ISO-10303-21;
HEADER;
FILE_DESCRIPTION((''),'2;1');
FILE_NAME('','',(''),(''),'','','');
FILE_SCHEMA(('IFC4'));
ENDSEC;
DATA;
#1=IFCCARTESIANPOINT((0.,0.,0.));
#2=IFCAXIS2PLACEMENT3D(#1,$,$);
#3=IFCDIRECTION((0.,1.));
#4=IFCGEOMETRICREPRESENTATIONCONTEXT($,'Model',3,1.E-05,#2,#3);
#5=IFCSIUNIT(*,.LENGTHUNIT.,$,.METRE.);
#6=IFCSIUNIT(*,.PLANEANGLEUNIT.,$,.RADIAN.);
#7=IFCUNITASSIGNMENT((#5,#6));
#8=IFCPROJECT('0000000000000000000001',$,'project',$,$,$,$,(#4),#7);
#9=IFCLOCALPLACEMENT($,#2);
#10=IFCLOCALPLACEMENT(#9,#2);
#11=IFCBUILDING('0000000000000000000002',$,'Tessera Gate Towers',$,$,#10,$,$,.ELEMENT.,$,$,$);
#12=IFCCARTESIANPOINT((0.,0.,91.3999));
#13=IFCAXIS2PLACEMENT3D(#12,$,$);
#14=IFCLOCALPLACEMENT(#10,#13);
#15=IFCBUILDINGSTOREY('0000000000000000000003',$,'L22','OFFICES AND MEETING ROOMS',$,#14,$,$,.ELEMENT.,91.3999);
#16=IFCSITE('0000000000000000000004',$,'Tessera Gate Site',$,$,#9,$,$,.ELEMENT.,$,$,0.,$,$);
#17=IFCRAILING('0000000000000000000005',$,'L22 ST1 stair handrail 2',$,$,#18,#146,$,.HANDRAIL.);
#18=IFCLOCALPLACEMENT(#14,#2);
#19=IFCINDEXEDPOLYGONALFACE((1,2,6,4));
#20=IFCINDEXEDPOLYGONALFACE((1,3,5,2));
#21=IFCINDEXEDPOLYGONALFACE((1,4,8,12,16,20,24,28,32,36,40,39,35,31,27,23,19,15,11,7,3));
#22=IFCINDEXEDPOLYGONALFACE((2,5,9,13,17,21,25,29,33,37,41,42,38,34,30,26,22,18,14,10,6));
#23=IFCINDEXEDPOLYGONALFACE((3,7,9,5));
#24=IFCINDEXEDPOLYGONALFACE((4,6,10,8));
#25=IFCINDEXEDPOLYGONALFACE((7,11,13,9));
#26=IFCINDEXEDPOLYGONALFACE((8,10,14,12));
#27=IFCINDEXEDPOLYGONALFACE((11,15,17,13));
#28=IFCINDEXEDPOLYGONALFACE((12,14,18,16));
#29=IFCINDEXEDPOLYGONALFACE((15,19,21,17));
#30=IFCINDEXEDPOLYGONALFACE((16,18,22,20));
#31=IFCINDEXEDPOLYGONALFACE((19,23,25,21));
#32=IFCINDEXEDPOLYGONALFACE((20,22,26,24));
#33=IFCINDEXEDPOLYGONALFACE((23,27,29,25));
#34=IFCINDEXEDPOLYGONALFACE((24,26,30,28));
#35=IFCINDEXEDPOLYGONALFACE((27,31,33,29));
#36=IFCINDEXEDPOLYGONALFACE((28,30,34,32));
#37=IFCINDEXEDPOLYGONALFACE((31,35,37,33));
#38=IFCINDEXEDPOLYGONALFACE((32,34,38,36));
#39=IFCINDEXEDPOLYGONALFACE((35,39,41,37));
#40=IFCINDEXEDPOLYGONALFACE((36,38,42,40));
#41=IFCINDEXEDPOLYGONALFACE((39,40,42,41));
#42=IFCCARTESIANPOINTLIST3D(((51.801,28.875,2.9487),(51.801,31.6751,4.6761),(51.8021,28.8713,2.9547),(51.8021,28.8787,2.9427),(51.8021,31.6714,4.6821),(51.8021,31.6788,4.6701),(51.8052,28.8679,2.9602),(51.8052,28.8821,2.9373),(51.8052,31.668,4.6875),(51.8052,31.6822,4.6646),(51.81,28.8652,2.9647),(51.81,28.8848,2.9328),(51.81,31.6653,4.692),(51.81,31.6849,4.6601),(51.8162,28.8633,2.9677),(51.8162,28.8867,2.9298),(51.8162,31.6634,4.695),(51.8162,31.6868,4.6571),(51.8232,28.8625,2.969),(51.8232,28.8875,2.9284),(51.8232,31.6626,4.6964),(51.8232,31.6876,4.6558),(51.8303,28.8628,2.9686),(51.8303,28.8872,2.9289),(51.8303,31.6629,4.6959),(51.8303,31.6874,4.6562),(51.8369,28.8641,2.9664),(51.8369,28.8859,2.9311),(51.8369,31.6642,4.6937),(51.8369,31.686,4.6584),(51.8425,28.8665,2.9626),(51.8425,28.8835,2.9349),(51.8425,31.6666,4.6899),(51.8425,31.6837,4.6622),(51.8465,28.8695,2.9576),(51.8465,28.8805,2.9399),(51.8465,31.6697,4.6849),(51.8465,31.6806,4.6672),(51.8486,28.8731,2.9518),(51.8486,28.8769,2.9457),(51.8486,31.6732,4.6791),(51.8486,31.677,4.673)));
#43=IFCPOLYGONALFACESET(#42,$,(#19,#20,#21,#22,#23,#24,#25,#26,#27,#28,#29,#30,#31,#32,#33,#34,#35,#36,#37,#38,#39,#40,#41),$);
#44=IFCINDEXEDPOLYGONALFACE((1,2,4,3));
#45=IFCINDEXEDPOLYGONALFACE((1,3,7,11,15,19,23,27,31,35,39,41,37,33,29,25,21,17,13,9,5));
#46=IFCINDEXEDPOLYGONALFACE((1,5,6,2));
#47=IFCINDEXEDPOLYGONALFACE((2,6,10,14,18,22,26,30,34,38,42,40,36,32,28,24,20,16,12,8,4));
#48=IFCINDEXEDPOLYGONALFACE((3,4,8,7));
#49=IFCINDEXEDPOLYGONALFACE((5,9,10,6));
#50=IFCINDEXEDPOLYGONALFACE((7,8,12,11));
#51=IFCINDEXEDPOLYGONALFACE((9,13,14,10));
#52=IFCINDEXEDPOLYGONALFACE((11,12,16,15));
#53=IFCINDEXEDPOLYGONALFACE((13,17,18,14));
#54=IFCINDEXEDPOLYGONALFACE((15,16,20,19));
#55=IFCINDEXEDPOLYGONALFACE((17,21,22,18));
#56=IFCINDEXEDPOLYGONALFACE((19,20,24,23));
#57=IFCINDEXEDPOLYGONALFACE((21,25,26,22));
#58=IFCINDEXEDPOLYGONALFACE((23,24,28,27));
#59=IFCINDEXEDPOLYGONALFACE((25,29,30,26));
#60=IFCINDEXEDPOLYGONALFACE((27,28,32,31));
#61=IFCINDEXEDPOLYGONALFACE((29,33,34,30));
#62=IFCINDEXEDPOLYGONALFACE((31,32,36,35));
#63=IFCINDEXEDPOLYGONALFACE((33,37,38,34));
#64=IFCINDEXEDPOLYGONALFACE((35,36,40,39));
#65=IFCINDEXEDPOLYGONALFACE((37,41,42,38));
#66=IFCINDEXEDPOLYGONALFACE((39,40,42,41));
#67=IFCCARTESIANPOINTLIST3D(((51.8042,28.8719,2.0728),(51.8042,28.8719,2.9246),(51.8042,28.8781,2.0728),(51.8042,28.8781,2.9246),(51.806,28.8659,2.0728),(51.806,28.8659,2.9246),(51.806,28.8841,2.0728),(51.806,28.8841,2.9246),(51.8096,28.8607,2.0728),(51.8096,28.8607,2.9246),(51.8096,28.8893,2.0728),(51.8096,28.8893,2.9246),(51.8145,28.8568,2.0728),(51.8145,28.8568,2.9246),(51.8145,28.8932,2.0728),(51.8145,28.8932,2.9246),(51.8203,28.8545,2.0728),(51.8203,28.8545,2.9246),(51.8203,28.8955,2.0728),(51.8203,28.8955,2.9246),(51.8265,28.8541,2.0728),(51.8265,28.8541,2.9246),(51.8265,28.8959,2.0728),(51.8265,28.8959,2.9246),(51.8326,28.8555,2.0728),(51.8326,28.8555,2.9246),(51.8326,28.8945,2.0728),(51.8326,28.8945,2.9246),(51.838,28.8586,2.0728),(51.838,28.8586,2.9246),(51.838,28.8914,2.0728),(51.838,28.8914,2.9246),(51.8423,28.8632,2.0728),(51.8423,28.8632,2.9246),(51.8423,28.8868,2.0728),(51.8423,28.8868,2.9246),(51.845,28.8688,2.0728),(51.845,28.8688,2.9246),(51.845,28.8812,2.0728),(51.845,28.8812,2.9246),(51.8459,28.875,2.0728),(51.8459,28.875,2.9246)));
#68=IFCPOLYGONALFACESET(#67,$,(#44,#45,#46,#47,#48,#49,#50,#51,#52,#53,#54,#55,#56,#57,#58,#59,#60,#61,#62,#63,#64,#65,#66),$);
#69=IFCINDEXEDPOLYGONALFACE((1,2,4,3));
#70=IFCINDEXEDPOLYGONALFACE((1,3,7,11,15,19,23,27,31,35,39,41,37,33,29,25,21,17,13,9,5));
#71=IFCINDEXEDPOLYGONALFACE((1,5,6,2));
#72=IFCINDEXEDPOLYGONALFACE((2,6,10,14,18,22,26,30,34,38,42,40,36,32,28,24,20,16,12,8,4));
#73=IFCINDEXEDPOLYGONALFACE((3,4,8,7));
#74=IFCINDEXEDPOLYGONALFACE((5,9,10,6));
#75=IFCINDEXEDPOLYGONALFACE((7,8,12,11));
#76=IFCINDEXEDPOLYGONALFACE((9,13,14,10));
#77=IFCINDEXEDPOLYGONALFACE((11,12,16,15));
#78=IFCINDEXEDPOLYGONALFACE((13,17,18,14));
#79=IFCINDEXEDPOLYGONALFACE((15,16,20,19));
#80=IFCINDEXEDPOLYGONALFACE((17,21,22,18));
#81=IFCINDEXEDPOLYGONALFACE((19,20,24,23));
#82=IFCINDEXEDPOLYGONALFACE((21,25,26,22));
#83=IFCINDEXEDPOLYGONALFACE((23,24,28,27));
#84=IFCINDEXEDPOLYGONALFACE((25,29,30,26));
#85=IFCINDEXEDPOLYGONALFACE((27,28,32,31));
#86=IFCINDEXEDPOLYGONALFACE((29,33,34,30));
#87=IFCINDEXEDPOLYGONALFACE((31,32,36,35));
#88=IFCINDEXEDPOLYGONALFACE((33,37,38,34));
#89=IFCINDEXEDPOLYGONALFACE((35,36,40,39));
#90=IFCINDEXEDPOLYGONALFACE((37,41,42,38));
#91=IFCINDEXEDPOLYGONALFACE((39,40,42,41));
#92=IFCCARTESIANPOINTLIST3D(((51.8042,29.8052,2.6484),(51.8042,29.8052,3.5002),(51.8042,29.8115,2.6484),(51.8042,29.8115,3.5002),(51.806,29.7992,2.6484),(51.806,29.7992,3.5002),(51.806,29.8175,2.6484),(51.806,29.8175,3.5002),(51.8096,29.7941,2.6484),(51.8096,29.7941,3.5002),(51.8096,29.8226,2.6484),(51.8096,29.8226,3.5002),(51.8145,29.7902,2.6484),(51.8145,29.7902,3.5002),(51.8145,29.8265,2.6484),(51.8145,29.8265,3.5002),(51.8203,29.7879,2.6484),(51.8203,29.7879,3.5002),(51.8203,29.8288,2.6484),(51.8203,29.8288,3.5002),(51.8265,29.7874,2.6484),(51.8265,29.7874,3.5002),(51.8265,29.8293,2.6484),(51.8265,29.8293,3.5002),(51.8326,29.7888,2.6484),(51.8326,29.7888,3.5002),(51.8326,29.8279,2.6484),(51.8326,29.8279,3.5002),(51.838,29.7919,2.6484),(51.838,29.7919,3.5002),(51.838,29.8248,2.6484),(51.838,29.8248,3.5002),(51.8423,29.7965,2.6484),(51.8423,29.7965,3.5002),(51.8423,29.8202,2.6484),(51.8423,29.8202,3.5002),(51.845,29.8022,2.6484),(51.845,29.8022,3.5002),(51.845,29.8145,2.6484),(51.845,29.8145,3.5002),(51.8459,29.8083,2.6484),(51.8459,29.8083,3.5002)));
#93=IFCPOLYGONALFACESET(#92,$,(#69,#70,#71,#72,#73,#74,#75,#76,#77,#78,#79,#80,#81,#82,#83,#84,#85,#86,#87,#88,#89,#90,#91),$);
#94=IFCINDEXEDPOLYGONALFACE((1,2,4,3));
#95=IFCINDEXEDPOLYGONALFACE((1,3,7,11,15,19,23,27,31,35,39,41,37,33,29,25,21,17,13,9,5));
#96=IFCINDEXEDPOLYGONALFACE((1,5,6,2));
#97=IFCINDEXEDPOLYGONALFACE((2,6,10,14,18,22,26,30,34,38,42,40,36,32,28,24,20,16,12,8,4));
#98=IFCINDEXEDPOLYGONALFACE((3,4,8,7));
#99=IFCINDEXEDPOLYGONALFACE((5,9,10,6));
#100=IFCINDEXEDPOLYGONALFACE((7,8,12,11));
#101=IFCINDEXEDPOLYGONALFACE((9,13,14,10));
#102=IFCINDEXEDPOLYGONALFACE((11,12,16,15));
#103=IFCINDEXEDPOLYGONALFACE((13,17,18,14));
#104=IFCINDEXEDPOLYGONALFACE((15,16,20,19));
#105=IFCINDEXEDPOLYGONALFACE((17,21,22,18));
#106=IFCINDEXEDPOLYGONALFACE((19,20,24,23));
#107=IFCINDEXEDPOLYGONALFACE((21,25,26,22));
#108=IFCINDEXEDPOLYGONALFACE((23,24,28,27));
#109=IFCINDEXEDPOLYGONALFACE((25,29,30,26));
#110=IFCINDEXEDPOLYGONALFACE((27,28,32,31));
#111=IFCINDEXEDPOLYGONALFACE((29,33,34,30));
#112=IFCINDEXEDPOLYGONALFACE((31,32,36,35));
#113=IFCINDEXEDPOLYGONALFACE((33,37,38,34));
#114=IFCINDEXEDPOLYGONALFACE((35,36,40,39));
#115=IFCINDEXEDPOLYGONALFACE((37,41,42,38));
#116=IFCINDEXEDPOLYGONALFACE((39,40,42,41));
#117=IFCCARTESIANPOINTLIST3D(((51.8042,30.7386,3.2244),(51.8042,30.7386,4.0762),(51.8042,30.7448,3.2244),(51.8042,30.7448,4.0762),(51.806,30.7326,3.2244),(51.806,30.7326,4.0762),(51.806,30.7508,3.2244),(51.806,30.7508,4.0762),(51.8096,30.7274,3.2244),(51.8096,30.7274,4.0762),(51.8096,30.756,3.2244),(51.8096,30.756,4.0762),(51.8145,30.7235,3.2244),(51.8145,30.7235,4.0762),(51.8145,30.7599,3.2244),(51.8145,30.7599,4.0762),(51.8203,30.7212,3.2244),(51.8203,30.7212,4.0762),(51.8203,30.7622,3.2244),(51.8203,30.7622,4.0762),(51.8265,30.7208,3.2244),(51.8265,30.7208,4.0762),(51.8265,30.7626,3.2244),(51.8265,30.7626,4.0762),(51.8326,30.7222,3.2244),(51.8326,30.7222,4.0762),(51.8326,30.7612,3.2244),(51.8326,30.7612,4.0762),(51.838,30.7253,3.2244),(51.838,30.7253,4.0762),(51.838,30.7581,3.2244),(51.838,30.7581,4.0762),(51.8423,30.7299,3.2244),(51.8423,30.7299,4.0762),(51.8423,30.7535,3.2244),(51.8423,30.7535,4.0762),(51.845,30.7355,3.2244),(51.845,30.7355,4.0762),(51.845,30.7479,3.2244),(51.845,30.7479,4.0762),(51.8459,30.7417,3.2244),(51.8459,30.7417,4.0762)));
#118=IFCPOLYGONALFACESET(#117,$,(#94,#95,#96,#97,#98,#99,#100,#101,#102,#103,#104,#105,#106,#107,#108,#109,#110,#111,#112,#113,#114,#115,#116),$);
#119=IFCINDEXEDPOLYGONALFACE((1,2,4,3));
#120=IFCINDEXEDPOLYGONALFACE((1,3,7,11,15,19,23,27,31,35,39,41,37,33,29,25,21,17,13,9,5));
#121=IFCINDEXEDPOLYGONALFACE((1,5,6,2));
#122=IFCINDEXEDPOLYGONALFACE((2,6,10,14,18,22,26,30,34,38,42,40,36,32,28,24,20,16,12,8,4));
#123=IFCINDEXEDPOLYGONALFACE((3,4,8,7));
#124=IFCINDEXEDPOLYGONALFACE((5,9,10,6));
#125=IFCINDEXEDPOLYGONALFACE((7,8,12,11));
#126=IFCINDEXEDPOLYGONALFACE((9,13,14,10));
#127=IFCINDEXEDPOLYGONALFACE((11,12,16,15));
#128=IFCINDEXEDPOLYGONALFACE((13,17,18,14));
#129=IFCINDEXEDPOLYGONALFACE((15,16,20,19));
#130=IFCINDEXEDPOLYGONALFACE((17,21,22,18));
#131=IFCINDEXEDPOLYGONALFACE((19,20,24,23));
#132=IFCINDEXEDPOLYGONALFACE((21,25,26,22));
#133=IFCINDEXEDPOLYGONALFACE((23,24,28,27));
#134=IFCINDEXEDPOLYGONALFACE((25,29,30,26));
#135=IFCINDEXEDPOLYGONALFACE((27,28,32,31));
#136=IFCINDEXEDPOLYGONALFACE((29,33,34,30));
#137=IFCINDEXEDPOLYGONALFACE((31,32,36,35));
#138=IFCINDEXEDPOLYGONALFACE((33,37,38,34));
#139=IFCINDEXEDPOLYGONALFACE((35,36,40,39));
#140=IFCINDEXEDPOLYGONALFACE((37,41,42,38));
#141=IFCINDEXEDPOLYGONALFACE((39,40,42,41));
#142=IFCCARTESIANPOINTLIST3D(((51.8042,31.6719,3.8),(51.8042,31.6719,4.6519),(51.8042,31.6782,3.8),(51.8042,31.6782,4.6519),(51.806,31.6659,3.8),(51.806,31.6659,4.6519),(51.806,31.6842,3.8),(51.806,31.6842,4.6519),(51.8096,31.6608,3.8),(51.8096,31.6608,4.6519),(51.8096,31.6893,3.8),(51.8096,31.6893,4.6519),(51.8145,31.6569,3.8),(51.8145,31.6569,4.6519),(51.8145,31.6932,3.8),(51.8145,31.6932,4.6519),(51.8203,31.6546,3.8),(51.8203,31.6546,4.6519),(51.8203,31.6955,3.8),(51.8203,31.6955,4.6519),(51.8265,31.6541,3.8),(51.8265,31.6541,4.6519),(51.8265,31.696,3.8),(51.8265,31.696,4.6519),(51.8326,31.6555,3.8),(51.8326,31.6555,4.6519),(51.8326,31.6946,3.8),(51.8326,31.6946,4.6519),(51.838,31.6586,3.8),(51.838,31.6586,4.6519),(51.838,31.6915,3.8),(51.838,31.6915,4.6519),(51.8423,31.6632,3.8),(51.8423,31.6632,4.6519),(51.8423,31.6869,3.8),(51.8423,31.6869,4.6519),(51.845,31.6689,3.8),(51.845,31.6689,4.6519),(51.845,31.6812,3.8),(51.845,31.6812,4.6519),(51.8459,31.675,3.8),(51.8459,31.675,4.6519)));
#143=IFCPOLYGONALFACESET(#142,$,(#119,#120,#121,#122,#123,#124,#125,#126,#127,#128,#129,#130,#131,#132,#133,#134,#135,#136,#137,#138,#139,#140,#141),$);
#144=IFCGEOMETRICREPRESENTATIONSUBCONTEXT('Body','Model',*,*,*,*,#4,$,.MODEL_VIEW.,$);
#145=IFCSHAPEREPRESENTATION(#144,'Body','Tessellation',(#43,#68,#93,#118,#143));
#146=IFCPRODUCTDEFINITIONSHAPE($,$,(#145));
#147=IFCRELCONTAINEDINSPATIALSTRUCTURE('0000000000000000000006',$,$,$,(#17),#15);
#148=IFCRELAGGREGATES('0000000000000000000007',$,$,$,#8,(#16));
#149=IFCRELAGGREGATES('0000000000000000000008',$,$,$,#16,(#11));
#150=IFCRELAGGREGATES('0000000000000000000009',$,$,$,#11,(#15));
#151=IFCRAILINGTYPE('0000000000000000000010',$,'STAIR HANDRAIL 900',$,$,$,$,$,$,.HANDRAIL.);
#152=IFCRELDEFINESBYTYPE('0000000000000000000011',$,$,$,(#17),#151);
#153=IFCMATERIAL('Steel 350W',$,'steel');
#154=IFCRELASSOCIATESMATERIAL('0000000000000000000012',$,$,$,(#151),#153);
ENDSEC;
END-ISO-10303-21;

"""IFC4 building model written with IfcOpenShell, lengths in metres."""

from ifc_helpers import new_model, si_unit, direction, frame, origin, origin_2d, place, context, subcontext, project, spatial, circle, extrude, material, type_object, element, save


model = new_model("IFC4")

# Units and contexts
model_context = context("Model", 3, precision=1e-05, world=origin(), true_north=direction((0.0, 1.0)))
body_context = subcontext(model_context, "Body", "Model", "MODEL_VIEW")
ifc_project = project(units=[si_unit("LENGTHUNIT", "METRE"), si_unit("PLANEANGLEUNIT", "RADIAN")], contexts=[model_context])

# Site, building, storey
site_placement = place(None, origin())
site = spatial("IfcSite", under=ifc_project, at=site_placement, Name="Tessera Gate Site", CompositionType="ELEMENT", RefElevation=0.0)
building_placement = place(site_placement, origin())
building = spatial("IfcBuilding", under=site, at=building_placement, Name="Tessera Gate Towers", CompositionType="ELEMENT")
storey_placement = place(building_placement, frame((0.0, 0.0, 91.3999)))
storey = spatial("IfcBuildingStorey", under=building, at=storey_placement, Name="L22", Description="OFFICES AND MEETING ROOMS", CompositionType="ELEMENT", Elevation=91.3999)

# Railing
ifc_material_1 = material(Name="Steel 350W", Category="steel")
railing_type_1 = type_object("IfcRailingType", Name="STAIR HANDRAIL 900", PredefinedType="HANDRAIL", material=ifc_material_1)
railing_1_placement = place(storey_placement, frame((51.825, 28.875, 2.0728)))
element("IfcRailing", 1, at=railing_1_placement, inside=storey, type_object=railing_type_1, Name="L22 ST1 stair handrail 2", PredefinedType="HANDRAIL", context=body_context, shape_type="SweptSolid", body=[
    extrude(circle(Radius=0.0239, at=origin_2d()), frame((0.0, 0.0, 0.876), z_axis=(0.0, 0.85109, 0.52502), x_axis=(-1.0, 0.0, 0.0)), (0.0, 0.0, 1.0), 3.29),
    extrude(circle(Radius=0.021, at=origin_2d()), origin(), (0.0, 0.0, 1.0), 0.8518),
    extrude(circle(Radius=0.021, at=origin_2d()), frame((0.0, 0.9333, 0.5757)), (0.0, 0.0, 1.0), 0.8518),
    extrude(circle(Radius=0.021, at=origin_2d()), frame((0.0, 1.8667, 1.1516)), (0.0, 0.0, 1.0), 0.8518),
    extrude(circle(Radius=0.021, at=origin_2d()), frame((0.0, 2.8, 1.7273)), (0.0, 0.0, 1.0), 0.8518),
])

save(model, "model.ifc")
